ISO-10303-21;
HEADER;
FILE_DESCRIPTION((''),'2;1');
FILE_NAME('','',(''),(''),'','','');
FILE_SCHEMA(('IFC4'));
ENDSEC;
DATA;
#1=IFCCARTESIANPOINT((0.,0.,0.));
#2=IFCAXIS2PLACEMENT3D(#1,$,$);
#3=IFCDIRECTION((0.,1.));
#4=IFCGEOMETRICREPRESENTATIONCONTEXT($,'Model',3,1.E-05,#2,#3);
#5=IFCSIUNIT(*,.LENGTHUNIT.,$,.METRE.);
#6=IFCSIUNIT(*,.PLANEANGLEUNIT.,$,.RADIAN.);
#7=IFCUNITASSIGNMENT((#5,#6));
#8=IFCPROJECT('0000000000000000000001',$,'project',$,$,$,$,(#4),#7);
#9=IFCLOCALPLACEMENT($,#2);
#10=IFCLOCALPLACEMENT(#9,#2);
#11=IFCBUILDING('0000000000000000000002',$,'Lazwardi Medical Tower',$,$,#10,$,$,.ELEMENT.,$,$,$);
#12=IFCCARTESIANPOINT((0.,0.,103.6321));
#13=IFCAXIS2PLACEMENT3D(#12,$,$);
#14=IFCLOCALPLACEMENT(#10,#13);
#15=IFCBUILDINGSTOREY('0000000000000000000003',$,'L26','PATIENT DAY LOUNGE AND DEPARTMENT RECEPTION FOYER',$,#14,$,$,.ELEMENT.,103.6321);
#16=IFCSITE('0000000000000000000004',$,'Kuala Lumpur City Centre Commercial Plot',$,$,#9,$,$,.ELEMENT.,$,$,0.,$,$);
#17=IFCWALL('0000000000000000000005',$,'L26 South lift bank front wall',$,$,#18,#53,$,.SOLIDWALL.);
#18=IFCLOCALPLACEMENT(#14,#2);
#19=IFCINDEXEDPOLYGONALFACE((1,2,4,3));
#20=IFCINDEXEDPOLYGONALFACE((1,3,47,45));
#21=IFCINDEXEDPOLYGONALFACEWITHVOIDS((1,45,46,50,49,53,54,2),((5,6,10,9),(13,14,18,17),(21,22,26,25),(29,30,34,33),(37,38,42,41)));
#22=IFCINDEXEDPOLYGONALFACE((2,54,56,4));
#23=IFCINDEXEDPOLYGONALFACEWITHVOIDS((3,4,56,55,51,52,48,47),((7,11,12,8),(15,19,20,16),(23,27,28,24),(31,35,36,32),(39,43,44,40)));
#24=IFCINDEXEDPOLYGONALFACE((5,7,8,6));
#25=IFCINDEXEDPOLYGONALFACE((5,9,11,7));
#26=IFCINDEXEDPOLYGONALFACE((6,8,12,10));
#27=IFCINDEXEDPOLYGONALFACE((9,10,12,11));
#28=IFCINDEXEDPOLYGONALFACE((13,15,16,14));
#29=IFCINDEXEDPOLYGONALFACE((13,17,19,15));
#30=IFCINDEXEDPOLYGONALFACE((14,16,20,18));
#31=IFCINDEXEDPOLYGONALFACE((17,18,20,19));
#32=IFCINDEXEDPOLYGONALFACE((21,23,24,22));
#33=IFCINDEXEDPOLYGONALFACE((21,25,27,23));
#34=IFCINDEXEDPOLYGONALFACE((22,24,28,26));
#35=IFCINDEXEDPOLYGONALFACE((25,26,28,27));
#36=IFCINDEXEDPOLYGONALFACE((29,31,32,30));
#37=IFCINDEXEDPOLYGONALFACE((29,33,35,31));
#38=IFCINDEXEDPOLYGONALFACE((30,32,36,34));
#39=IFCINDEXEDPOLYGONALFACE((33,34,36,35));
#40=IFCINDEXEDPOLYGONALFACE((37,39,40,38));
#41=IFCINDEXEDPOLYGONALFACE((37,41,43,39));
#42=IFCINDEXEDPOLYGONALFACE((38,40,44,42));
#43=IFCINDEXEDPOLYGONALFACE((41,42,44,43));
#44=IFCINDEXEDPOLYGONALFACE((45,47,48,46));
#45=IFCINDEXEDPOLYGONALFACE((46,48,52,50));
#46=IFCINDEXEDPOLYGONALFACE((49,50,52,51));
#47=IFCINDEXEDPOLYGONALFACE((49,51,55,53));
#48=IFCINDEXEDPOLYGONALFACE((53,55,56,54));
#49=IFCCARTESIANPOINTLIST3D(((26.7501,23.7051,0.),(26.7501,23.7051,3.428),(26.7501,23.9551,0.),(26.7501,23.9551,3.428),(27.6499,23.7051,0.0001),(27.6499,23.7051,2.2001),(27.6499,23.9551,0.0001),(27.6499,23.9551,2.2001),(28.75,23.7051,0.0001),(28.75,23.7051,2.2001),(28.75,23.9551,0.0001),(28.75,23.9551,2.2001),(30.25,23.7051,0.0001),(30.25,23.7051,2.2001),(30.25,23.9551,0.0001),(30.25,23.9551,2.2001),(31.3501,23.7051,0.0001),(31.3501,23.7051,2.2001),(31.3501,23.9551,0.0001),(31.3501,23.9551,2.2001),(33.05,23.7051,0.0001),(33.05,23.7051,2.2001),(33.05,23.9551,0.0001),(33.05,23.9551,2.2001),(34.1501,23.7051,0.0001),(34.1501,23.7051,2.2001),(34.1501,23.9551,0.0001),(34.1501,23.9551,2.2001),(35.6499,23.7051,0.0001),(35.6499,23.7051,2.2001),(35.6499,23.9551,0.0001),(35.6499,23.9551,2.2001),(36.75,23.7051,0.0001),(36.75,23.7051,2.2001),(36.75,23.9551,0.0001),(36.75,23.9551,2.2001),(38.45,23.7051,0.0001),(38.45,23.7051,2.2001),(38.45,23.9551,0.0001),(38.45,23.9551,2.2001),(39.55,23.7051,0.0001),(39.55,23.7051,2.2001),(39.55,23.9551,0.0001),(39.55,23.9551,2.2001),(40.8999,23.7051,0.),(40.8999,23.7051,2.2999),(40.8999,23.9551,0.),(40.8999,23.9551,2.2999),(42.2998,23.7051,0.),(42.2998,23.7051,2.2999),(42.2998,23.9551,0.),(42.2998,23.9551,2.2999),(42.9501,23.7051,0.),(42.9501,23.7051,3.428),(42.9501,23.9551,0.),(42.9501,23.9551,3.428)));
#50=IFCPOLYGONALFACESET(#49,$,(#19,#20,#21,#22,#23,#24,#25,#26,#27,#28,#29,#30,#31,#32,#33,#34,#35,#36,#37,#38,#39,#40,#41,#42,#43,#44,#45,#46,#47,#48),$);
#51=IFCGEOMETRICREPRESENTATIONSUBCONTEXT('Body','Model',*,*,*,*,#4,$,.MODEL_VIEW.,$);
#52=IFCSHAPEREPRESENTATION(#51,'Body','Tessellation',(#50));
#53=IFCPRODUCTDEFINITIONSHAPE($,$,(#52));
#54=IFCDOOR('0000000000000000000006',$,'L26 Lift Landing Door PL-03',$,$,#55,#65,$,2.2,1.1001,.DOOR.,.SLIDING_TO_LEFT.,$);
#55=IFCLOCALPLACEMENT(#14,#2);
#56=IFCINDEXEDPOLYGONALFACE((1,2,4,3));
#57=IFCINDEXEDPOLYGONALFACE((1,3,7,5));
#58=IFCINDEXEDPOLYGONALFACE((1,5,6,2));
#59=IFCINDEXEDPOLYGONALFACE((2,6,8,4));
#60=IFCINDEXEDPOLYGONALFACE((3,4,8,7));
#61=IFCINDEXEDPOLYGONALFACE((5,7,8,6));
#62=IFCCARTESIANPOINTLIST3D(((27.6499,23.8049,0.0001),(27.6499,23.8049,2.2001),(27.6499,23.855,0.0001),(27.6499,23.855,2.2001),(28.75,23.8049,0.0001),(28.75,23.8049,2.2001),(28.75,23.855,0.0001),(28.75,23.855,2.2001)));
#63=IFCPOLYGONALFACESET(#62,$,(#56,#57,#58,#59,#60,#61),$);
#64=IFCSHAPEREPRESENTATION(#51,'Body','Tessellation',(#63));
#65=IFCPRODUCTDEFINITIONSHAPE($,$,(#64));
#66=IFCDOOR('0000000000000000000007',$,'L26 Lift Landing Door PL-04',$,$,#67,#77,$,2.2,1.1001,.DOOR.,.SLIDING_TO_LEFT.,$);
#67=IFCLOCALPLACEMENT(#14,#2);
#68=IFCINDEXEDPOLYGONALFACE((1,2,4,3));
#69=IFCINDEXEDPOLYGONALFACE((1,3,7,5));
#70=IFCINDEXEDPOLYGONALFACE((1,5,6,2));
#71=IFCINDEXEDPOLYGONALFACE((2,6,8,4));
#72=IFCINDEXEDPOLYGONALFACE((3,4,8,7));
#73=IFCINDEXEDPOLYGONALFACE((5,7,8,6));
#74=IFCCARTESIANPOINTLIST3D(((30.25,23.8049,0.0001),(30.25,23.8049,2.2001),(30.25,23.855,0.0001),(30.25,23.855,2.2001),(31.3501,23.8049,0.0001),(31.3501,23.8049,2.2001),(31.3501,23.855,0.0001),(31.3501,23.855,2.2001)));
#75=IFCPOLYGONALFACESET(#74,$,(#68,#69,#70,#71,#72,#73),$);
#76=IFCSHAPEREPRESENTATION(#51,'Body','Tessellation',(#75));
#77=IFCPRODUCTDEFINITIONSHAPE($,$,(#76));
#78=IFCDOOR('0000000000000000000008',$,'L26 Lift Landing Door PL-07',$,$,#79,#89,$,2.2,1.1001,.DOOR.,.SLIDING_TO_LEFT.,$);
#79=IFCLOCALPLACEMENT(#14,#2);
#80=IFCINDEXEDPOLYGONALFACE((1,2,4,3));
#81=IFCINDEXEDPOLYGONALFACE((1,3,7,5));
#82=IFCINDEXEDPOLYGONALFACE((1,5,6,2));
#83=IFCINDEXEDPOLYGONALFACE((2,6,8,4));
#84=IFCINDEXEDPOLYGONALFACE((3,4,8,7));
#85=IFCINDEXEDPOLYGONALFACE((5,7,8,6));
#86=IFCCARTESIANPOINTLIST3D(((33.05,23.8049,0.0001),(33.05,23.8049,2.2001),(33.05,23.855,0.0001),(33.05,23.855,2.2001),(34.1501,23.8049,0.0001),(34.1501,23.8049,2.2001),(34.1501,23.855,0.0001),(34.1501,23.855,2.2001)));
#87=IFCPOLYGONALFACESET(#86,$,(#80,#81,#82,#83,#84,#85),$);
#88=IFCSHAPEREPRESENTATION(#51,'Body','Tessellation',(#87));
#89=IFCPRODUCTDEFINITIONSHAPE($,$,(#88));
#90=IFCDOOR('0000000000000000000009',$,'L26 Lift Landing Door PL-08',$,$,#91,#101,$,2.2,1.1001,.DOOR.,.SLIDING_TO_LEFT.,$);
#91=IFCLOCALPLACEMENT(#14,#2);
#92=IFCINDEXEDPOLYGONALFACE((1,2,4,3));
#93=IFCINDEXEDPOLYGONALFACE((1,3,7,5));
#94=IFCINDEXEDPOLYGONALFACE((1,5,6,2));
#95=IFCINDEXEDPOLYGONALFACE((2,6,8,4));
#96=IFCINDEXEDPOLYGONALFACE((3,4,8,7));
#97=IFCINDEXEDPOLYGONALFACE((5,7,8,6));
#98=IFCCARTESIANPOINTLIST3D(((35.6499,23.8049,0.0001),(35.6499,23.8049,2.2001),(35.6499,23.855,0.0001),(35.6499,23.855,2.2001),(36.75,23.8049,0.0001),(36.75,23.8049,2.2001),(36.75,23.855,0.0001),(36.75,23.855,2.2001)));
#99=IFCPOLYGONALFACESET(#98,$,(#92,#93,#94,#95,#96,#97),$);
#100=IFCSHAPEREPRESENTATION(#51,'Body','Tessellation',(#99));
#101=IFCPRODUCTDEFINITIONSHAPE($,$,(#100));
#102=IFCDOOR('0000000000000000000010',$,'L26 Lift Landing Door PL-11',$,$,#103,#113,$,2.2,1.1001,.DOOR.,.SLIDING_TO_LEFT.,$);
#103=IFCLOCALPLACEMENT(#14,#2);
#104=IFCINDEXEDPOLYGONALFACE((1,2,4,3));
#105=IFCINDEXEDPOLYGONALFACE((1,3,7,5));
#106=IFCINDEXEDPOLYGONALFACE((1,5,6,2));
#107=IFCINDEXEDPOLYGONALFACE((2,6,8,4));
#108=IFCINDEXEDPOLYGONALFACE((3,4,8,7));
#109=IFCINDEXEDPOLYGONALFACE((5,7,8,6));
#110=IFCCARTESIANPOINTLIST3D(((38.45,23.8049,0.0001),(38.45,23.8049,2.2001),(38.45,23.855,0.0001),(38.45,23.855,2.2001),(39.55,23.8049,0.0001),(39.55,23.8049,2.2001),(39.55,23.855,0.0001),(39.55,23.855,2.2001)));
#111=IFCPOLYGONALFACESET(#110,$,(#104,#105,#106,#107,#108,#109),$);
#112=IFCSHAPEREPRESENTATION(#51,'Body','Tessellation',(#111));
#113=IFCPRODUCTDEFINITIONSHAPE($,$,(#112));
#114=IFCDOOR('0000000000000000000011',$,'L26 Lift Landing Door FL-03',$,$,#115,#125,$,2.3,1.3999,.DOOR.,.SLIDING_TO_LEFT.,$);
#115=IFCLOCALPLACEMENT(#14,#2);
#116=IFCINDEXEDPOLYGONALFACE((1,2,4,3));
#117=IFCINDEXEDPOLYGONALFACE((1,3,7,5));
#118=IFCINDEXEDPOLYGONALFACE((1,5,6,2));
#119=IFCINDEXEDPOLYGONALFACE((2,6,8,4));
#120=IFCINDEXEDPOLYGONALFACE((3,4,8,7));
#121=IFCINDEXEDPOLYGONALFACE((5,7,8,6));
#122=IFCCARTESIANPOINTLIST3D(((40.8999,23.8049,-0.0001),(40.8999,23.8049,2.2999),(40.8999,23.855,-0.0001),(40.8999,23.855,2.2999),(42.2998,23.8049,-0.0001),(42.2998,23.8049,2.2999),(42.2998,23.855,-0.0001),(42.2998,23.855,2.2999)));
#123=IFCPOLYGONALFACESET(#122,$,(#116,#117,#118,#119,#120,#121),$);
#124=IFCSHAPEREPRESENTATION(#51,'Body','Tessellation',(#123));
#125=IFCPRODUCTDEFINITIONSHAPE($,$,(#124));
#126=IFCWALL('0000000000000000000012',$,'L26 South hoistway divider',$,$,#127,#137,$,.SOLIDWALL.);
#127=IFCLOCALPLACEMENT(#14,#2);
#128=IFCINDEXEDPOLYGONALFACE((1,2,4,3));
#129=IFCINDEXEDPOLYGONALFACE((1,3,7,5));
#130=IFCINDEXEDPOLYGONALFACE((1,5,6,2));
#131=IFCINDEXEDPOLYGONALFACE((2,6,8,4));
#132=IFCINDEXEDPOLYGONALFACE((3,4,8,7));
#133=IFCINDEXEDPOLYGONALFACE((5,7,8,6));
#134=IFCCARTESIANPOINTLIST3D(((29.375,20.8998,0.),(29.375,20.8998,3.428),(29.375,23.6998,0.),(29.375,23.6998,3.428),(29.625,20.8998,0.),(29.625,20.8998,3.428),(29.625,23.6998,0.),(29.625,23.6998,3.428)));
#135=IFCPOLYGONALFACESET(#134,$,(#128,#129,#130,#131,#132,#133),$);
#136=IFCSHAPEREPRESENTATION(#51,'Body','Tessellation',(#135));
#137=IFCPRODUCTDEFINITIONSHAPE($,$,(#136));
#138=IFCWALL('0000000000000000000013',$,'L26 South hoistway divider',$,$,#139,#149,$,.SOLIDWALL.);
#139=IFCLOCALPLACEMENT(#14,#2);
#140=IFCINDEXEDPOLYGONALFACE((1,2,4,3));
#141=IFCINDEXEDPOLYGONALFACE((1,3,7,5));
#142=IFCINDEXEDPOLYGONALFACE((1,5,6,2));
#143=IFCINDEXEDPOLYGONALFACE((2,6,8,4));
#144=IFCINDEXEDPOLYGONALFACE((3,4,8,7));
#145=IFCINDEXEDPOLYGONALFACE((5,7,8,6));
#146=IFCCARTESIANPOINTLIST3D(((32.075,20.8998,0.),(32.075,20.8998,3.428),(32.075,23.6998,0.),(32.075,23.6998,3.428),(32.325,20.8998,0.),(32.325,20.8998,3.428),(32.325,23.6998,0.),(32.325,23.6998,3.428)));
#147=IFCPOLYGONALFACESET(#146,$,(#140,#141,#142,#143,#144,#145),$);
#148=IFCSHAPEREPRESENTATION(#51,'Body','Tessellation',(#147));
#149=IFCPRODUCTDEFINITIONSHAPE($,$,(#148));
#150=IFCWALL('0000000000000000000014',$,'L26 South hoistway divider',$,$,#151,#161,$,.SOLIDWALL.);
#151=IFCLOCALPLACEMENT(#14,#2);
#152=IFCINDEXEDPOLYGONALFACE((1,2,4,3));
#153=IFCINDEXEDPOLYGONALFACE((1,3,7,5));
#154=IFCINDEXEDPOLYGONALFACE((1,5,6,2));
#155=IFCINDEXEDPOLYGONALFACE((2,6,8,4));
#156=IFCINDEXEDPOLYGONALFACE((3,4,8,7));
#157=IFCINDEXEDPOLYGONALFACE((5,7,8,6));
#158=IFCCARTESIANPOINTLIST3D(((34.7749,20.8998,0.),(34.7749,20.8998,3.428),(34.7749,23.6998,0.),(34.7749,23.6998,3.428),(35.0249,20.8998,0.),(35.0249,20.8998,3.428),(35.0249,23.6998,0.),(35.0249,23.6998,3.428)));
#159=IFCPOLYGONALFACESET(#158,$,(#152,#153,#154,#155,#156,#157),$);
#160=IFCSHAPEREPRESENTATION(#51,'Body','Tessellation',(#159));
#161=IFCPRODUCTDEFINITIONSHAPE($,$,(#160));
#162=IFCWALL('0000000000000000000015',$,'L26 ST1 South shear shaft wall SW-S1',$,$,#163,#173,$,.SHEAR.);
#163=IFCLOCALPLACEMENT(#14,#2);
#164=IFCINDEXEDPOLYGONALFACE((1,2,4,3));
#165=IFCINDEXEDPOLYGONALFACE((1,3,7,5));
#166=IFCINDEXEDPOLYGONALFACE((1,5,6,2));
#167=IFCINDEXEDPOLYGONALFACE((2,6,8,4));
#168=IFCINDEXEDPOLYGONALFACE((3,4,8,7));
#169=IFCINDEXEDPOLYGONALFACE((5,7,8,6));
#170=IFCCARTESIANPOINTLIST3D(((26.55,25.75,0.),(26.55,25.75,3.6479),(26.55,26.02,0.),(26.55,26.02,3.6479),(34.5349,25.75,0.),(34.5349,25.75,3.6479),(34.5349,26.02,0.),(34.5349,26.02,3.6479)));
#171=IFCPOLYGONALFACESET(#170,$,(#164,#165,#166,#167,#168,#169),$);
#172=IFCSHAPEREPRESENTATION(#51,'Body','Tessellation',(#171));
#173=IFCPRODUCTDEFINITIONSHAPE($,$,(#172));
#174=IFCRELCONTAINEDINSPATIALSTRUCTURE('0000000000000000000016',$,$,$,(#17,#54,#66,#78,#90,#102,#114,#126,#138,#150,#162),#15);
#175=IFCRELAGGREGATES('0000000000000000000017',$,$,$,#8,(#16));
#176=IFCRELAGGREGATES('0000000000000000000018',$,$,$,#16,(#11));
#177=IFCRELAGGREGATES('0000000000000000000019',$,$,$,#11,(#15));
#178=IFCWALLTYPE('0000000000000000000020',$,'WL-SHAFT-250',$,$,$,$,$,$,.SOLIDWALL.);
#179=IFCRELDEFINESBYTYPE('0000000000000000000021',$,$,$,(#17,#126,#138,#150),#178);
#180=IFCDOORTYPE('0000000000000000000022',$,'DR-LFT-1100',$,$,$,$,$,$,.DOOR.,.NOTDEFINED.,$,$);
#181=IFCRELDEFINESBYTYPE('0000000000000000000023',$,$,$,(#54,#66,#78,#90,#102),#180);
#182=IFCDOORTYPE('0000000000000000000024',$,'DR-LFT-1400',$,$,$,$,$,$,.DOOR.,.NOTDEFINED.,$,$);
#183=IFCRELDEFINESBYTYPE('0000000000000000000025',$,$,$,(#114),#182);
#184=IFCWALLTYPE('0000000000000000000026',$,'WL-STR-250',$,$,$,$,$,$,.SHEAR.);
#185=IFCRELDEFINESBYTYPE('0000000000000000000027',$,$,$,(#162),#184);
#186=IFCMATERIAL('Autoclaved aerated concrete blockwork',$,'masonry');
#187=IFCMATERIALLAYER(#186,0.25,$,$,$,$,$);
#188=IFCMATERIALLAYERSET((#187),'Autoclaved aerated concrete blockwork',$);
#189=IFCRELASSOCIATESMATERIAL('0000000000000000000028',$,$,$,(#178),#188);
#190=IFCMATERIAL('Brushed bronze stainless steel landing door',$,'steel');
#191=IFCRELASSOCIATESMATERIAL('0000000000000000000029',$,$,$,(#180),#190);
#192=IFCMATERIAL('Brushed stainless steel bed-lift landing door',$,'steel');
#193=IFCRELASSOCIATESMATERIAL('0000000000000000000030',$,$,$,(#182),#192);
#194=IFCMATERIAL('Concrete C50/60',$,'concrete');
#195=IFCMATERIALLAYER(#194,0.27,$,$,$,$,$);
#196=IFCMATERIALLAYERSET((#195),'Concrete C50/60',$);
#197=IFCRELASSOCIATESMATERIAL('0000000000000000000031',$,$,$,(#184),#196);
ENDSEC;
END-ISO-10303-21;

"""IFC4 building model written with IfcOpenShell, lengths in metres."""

from ifc_helpers import new_model, si_unit, direction, frame, frame_2d, origin, place, context, subcontext, project, spatial, rectangle, extrude, material, layer, layer_set, type_object, element, fill, save


model = new_model("IFC4")

# Units and contexts
model_context = context("Model", 3, precision=1e-05, world=origin(), true_north=direction((0.0, 1.0)))
body_context = subcontext(model_context, "Body", "Model", "MODEL_VIEW")
ifc_project = project(units=[si_unit("LENGTHUNIT", "METRE"), si_unit("PLANEANGLEUNIT", "RADIAN")], contexts=[model_context])

# Site, building, storey
site_placement = place(None, origin())
site = spatial("IfcSite", under=ifc_project, at=site_placement, Name="Kuala Lumpur City Centre Commercial Plot", CompositionType="ELEMENT", RefElevation=0.0)
building_placement = place(site_placement, origin())
building = spatial("IfcBuilding", under=site, at=building_placement, Name="Lazwardi Medical Tower", CompositionType="ELEMENT")
storey_placement = place(building_placement, frame((0.0, 0.0, 103.6321)))
storey = spatial("IfcBuildingStorey", under=building, at=storey_placement, Name="L26", Description="PATIENT DAY LOUNGE AND DEPARTMENT RECEPTION FOYER", CompositionType="ELEMENT", Elevation=103.6321)

# Wall, openings, doors
ifc_material_1 = material(Name="Autoclaved aerated concrete blockwork", Category="masonry")
ifc_layer_1 = layer(ifc_material_1, 0.25)
ifc_layer_set_1 = layer_set([ifc_layer_1], Name="Autoclaved aerated concrete blockwork")
wall_type_1 = type_object("IfcWallType", Name="WL-SHAFT-250", PredefinedType="SOLIDWALL", material=ifc_layer_set_1)
wall_1_placement = place(storey_placement, frame((26.75, 23.8301, 0.0), z_axis=(0.0, 0.0, 1.0), x_axis=(1.0, 0.0, 0.0)))
wall_1 = element("IfcWall", 1, at=wall_1_placement, inside=storey, type_object=wall_type_1, Name="L26 South lift bank front wall", PredefinedType="SOLIDWALL", context=body_context, shape_type="SweptSolid", body=[
    extrude(rectangle(XDim=16.2, YDim=0.25, at=frame_2d((8.1001, 0.0))), origin(), (0.0, 0.0, 1.0), 3.428),
])
opening_1_placement = place(wall_1_placement, frame((0.8999, 0.0, 0.0)))
opening_1 = element("IfcOpeningElement", 2, at=opening_1_placement, cuts=wall_1, PredefinedType="OPENING", context=body_context, shape_type="SweptSolid", body=[
    extrude(rectangle(XDim=1.1001, YDim=2.2, at=frame_2d((0.55, 1.1001))), frame((0.0, 0.135, 0.0), z_axis=(0.0, -1.0, 0.0), x_axis=(1.0, 0.0, 0.0)), (0.0, 0.0, 1.0), 0.27),
])
opening_2_placement = place(wall_1_placement, frame((3.5, 0.0, 0.0)))
opening_2 = element("IfcOpeningElement", 3, at=opening_2_placement, cuts=wall_1, PredefinedType="OPENING", context=body_context, shape_type="SweptSolid", body=[
    extrude(rectangle(XDim=1.1001, YDim=2.2, at=frame_2d((0.55, 1.1001))), frame((0.0, 0.135, 0.0), z_axis=(0.0, -1.0, 0.0), x_axis=(1.0, 0.0, 0.0)), (0.0, 0.0, 1.0), 0.27),
])
opening_3_placement = place(wall_1_placement, frame((6.3, 0.0, 0.0)))
opening_3 = element("IfcOpeningElement", 4, at=opening_3_placement, cuts=wall_1, PredefinedType="OPENING", context=body_context, shape_type="SweptSolid", body=[
    extrude(rectangle(XDim=1.1001, YDim=2.2, at=frame_2d((0.55, 1.1001))), frame((0.0, 0.135, 0.0), z_axis=(0.0, -1.0, 0.0), x_axis=(1.0, 0.0, 0.0)), (0.0, 0.0, 1.0), 0.27),
])
opening_4_placement = place(wall_1_placement, frame((8.8999, 0.0, 0.0)))
opening_4 = element("IfcOpeningElement", 5, at=opening_4_placement, cuts=wall_1, PredefinedType="OPENING", context=body_context, shape_type="SweptSolid", body=[
    extrude(rectangle(XDim=1.1001, YDim=2.2, at=frame_2d((0.55, 1.1001))), frame((0.0, 0.135, 0.0), z_axis=(0.0, -1.0, 0.0), x_axis=(1.0, 0.0, 0.0)), (0.0, 0.0, 1.0), 0.27),
])
opening_5_placement = place(wall_1_placement, frame((11.7, 0.0, 0.0)))
opening_5 = element("IfcOpeningElement", 6, at=opening_5_placement, cuts=wall_1, PredefinedType="OPENING", context=body_context, shape_type="SweptSolid", body=[
    extrude(rectangle(XDim=1.1001, YDim=2.2, at=frame_2d((0.55, 1.1001))), frame((0.0, 0.135, 0.0), z_axis=(0.0, -1.0, 0.0), x_axis=(1.0, 0.0, 0.0)), (0.0, 0.0, 1.0), 0.27),
])
opening_6_placement = place(wall_1_placement, frame((14.1499, 0.0, 0.0)))
opening_6 = element("IfcOpeningElement", 7, at=opening_6_placement, cuts=wall_1, PredefinedType="OPENING", context=body_context, shape_type="SweptSolid", body=[
    extrude(rectangle(XDim=1.3999, YDim=2.3, at=frame_2d((0.7, 1.1499))), frame((0.0, 0.135, 0.0), z_axis=(0.0, -1.0, 0.0), x_axis=(1.0, 0.0, 0.0)), (0.0, 0.0, 1.0), 0.27),
])
ifc_material_2 = material(Name="Brushed bronze stainless steel landing door", Category="steel")
door_type_1 = type_object("IfcDoorType", Name="DR-LFT-1100", OperationType="NOTDEFINED", PredefinedType="DOOR", material=ifc_material_2)
door_1_placement = place(opening_1_placement, origin())
door_1 = element("IfcDoor", 8, at=door_1_placement, inside=storey, type_object=door_type_1, Name="L26 Lift Landing Door PL-03", OperationType="SLIDING_TO_LEFT", OverallHeight=2.2, OverallWidth=1.1001, PredefinedType="DOOR", context=body_context, shape_type="SweptSolid", body=[
    extrude(rectangle(XDim=1.1001, YDim=2.2, at=frame_2d((0.55, 1.1001))), frame((0.0, 0.0249, 0.0), z_axis=(0.0, -1.0, 0.0), x_axis=(1.0, 0.0, 0.0)), (0.0, 0.0, 1.0), 0.05),
])
fill(opening_1, door_1)
door_2_placement = place(opening_2_placement, origin())
door_2 = element("IfcDoor", 9, at=door_2_placement, inside=storey, type_object=door_type_1, Name="L26 Lift Landing Door PL-04", OperationType="SLIDING_TO_LEFT", OverallHeight=2.2, OverallWidth=1.1001, PredefinedType="DOOR", context=body_context, shape_type="SweptSolid", body=[
    extrude(rectangle(XDim=1.1001, YDim=2.2, at=frame_2d((0.55, 1.1001))), frame((0.0, 0.0249, 0.0), z_axis=(0.0, -1.0, 0.0), x_axis=(1.0, 0.0, 0.0)), (0.0, 0.0, 1.0), 0.05),
])
fill(opening_2, door_2)
door_3_placement = place(opening_3_placement, origin())
door_3 = element("IfcDoor", 10, at=door_3_placement, inside=storey, type_object=door_type_1, Name="L26 Lift Landing Door PL-07", OperationType="SLIDING_TO_LEFT", OverallHeight=2.2, OverallWidth=1.1001, PredefinedType="DOOR", context=body_context, shape_type="SweptSolid", body=[
    extrude(rectangle(XDim=1.1001, YDim=2.2, at=frame_2d((0.55, 1.1001))), frame((0.0, 0.0249, 0.0), z_axis=(0.0, -1.0, 0.0), x_axis=(1.0, 0.0, 0.0)), (0.0, 0.0, 1.0), 0.05),
])
fill(opening_3, door_3)
door_4_placement = place(opening_4_placement, origin())
door_4 = element("IfcDoor", 11, at=door_4_placement, inside=storey, type_object=door_type_1, Name="L26 Lift Landing Door PL-08", OperationType="SLIDING_TO_LEFT", OverallHeight=2.2, OverallWidth=1.1001, PredefinedType="DOOR", context=body_context, shape_type="SweptSolid", body=[
    extrude(rectangle(XDim=1.1001, YDim=2.2, at=frame_2d((0.55, 1.1001))), frame((0.0, 0.0249, 0.0), z_axis=(0.0, -1.0, 0.0), x_axis=(1.0, 0.0, 0.0)), (0.0, 0.0, 1.0), 0.05),
])
fill(opening_4, door_4)
door_5_placement = place(opening_5_placement, origin())
door_5 = element("IfcDoor", 12, at=door_5_placement, inside=storey, type_object=door_type_1, Name="L26 Lift Landing Door PL-11", OperationType="SLIDING_TO_LEFT", OverallHeight=2.2, OverallWidth=1.1001, PredefinedType="DOOR", context=body_context, shape_type="SweptSolid", body=[
    extrude(rectangle(XDim=1.1001, YDim=2.2, at=frame_2d((0.55, 1.1001))), frame((0.0, 0.0249, 0.0), z_axis=(0.0, -1.0, 0.0), x_axis=(1.0, 0.0, 0.0)), (0.0, 0.0, 1.0), 0.05),
])
fill(opening_5, door_5)
ifc_material_3 = material(Name="Brushed stainless steel bed-lift landing door", Category="steel")
door_type_2 = type_object("IfcDoorType", Name="DR-LFT-1400", OperationType="NOTDEFINED", PredefinedType="DOOR", material=ifc_material_3)
door_6_placement = place(opening_6_placement, origin())
door_6 = element("IfcDoor", 13, at=door_6_placement, inside=storey, type_object=door_type_2, Name="L26 Lift Landing Door FL-03", OperationType="SLIDING_TO_LEFT", OverallHeight=2.3, OverallWidth=1.3999, PredefinedType="DOOR", context=body_context, shape_type="SweptSolid", body=[
    extrude(rectangle(XDim=1.3999, YDim=2.3, at=frame_2d((0.7, 1.1499))), frame((0.0, 0.0249, 0.0), z_axis=(0.0, -1.0, 0.0), x_axis=(1.0, 0.0, 0.0)), (0.0, 0.0, 1.0), 0.05),
])
fill(opening_6, door_6)

# Walls
for number, where, z_axis, x_axis, name in (
    (14, (29.5, 20.8999, 0.0), (0.0, 0.0, 1.0), (0.0, 1.0, 0.0), "L26 South hoistway divider"),
    (15, (32.2, 20.8999, 0.0), (0.0, 0.0, 1.0), (0.0, 1.0, 0.0), "L26 South hoistway divider"),
    (16, (34.8999, 20.8999, 0.0), (0.0, 0.0, 1.0), (0.0, 1.0, 0.0), "L26 South hoistway divider"),
):
    element("IfcWall", number, at=place(storey_placement, frame(where, z_axis=z_axis, x_axis=x_axis)), inside=storey, type_object=wall_type_1, Name=name, PredefinedType="SOLIDWALL", context=body_context, shape_type="SweptSolid", body=[
        extrude(rectangle(XDim=2.8, YDim=0.25, at=frame_2d((1.3999, 0.0))), origin(), (0.0, 0.0, 1.0), 3.428),
    ])
ifc_material_4 = material(Name="Concrete C50/60", Category="concrete")
ifc_layer_2 = layer(ifc_material_4, 0.27)
ifc_layer_set_2 = layer_set([ifc_layer_2], Name="Concrete C50/60")
wall_type_2 = type_object("IfcWallType", Name="WL-STR-250", PredefinedType="SHEAR", material=ifc_layer_set_2)
wall_2_placement = place(storey_placement, frame((26.55, 25.885, 0.0), z_axis=(0.0, 0.0, 1.0), x_axis=(1.0, 0.0, 0.0)))
element("IfcWall", 17, at=wall_2_placement, inside=storey, type_object=wall_type_2, Name="L26 ST1 South shear shaft wall SW-S1", PredefinedType="SHEAR", context=body_context, shape_type="SweptSolid", body=[
    extrude(rectangle(XDim=7.9849, YDim=0.27, at=frame_2d((3.9924, 0.0))), origin(), (0.0, 0.0, 1.0), 3.6479),
])

save(model, "model.ifc")
